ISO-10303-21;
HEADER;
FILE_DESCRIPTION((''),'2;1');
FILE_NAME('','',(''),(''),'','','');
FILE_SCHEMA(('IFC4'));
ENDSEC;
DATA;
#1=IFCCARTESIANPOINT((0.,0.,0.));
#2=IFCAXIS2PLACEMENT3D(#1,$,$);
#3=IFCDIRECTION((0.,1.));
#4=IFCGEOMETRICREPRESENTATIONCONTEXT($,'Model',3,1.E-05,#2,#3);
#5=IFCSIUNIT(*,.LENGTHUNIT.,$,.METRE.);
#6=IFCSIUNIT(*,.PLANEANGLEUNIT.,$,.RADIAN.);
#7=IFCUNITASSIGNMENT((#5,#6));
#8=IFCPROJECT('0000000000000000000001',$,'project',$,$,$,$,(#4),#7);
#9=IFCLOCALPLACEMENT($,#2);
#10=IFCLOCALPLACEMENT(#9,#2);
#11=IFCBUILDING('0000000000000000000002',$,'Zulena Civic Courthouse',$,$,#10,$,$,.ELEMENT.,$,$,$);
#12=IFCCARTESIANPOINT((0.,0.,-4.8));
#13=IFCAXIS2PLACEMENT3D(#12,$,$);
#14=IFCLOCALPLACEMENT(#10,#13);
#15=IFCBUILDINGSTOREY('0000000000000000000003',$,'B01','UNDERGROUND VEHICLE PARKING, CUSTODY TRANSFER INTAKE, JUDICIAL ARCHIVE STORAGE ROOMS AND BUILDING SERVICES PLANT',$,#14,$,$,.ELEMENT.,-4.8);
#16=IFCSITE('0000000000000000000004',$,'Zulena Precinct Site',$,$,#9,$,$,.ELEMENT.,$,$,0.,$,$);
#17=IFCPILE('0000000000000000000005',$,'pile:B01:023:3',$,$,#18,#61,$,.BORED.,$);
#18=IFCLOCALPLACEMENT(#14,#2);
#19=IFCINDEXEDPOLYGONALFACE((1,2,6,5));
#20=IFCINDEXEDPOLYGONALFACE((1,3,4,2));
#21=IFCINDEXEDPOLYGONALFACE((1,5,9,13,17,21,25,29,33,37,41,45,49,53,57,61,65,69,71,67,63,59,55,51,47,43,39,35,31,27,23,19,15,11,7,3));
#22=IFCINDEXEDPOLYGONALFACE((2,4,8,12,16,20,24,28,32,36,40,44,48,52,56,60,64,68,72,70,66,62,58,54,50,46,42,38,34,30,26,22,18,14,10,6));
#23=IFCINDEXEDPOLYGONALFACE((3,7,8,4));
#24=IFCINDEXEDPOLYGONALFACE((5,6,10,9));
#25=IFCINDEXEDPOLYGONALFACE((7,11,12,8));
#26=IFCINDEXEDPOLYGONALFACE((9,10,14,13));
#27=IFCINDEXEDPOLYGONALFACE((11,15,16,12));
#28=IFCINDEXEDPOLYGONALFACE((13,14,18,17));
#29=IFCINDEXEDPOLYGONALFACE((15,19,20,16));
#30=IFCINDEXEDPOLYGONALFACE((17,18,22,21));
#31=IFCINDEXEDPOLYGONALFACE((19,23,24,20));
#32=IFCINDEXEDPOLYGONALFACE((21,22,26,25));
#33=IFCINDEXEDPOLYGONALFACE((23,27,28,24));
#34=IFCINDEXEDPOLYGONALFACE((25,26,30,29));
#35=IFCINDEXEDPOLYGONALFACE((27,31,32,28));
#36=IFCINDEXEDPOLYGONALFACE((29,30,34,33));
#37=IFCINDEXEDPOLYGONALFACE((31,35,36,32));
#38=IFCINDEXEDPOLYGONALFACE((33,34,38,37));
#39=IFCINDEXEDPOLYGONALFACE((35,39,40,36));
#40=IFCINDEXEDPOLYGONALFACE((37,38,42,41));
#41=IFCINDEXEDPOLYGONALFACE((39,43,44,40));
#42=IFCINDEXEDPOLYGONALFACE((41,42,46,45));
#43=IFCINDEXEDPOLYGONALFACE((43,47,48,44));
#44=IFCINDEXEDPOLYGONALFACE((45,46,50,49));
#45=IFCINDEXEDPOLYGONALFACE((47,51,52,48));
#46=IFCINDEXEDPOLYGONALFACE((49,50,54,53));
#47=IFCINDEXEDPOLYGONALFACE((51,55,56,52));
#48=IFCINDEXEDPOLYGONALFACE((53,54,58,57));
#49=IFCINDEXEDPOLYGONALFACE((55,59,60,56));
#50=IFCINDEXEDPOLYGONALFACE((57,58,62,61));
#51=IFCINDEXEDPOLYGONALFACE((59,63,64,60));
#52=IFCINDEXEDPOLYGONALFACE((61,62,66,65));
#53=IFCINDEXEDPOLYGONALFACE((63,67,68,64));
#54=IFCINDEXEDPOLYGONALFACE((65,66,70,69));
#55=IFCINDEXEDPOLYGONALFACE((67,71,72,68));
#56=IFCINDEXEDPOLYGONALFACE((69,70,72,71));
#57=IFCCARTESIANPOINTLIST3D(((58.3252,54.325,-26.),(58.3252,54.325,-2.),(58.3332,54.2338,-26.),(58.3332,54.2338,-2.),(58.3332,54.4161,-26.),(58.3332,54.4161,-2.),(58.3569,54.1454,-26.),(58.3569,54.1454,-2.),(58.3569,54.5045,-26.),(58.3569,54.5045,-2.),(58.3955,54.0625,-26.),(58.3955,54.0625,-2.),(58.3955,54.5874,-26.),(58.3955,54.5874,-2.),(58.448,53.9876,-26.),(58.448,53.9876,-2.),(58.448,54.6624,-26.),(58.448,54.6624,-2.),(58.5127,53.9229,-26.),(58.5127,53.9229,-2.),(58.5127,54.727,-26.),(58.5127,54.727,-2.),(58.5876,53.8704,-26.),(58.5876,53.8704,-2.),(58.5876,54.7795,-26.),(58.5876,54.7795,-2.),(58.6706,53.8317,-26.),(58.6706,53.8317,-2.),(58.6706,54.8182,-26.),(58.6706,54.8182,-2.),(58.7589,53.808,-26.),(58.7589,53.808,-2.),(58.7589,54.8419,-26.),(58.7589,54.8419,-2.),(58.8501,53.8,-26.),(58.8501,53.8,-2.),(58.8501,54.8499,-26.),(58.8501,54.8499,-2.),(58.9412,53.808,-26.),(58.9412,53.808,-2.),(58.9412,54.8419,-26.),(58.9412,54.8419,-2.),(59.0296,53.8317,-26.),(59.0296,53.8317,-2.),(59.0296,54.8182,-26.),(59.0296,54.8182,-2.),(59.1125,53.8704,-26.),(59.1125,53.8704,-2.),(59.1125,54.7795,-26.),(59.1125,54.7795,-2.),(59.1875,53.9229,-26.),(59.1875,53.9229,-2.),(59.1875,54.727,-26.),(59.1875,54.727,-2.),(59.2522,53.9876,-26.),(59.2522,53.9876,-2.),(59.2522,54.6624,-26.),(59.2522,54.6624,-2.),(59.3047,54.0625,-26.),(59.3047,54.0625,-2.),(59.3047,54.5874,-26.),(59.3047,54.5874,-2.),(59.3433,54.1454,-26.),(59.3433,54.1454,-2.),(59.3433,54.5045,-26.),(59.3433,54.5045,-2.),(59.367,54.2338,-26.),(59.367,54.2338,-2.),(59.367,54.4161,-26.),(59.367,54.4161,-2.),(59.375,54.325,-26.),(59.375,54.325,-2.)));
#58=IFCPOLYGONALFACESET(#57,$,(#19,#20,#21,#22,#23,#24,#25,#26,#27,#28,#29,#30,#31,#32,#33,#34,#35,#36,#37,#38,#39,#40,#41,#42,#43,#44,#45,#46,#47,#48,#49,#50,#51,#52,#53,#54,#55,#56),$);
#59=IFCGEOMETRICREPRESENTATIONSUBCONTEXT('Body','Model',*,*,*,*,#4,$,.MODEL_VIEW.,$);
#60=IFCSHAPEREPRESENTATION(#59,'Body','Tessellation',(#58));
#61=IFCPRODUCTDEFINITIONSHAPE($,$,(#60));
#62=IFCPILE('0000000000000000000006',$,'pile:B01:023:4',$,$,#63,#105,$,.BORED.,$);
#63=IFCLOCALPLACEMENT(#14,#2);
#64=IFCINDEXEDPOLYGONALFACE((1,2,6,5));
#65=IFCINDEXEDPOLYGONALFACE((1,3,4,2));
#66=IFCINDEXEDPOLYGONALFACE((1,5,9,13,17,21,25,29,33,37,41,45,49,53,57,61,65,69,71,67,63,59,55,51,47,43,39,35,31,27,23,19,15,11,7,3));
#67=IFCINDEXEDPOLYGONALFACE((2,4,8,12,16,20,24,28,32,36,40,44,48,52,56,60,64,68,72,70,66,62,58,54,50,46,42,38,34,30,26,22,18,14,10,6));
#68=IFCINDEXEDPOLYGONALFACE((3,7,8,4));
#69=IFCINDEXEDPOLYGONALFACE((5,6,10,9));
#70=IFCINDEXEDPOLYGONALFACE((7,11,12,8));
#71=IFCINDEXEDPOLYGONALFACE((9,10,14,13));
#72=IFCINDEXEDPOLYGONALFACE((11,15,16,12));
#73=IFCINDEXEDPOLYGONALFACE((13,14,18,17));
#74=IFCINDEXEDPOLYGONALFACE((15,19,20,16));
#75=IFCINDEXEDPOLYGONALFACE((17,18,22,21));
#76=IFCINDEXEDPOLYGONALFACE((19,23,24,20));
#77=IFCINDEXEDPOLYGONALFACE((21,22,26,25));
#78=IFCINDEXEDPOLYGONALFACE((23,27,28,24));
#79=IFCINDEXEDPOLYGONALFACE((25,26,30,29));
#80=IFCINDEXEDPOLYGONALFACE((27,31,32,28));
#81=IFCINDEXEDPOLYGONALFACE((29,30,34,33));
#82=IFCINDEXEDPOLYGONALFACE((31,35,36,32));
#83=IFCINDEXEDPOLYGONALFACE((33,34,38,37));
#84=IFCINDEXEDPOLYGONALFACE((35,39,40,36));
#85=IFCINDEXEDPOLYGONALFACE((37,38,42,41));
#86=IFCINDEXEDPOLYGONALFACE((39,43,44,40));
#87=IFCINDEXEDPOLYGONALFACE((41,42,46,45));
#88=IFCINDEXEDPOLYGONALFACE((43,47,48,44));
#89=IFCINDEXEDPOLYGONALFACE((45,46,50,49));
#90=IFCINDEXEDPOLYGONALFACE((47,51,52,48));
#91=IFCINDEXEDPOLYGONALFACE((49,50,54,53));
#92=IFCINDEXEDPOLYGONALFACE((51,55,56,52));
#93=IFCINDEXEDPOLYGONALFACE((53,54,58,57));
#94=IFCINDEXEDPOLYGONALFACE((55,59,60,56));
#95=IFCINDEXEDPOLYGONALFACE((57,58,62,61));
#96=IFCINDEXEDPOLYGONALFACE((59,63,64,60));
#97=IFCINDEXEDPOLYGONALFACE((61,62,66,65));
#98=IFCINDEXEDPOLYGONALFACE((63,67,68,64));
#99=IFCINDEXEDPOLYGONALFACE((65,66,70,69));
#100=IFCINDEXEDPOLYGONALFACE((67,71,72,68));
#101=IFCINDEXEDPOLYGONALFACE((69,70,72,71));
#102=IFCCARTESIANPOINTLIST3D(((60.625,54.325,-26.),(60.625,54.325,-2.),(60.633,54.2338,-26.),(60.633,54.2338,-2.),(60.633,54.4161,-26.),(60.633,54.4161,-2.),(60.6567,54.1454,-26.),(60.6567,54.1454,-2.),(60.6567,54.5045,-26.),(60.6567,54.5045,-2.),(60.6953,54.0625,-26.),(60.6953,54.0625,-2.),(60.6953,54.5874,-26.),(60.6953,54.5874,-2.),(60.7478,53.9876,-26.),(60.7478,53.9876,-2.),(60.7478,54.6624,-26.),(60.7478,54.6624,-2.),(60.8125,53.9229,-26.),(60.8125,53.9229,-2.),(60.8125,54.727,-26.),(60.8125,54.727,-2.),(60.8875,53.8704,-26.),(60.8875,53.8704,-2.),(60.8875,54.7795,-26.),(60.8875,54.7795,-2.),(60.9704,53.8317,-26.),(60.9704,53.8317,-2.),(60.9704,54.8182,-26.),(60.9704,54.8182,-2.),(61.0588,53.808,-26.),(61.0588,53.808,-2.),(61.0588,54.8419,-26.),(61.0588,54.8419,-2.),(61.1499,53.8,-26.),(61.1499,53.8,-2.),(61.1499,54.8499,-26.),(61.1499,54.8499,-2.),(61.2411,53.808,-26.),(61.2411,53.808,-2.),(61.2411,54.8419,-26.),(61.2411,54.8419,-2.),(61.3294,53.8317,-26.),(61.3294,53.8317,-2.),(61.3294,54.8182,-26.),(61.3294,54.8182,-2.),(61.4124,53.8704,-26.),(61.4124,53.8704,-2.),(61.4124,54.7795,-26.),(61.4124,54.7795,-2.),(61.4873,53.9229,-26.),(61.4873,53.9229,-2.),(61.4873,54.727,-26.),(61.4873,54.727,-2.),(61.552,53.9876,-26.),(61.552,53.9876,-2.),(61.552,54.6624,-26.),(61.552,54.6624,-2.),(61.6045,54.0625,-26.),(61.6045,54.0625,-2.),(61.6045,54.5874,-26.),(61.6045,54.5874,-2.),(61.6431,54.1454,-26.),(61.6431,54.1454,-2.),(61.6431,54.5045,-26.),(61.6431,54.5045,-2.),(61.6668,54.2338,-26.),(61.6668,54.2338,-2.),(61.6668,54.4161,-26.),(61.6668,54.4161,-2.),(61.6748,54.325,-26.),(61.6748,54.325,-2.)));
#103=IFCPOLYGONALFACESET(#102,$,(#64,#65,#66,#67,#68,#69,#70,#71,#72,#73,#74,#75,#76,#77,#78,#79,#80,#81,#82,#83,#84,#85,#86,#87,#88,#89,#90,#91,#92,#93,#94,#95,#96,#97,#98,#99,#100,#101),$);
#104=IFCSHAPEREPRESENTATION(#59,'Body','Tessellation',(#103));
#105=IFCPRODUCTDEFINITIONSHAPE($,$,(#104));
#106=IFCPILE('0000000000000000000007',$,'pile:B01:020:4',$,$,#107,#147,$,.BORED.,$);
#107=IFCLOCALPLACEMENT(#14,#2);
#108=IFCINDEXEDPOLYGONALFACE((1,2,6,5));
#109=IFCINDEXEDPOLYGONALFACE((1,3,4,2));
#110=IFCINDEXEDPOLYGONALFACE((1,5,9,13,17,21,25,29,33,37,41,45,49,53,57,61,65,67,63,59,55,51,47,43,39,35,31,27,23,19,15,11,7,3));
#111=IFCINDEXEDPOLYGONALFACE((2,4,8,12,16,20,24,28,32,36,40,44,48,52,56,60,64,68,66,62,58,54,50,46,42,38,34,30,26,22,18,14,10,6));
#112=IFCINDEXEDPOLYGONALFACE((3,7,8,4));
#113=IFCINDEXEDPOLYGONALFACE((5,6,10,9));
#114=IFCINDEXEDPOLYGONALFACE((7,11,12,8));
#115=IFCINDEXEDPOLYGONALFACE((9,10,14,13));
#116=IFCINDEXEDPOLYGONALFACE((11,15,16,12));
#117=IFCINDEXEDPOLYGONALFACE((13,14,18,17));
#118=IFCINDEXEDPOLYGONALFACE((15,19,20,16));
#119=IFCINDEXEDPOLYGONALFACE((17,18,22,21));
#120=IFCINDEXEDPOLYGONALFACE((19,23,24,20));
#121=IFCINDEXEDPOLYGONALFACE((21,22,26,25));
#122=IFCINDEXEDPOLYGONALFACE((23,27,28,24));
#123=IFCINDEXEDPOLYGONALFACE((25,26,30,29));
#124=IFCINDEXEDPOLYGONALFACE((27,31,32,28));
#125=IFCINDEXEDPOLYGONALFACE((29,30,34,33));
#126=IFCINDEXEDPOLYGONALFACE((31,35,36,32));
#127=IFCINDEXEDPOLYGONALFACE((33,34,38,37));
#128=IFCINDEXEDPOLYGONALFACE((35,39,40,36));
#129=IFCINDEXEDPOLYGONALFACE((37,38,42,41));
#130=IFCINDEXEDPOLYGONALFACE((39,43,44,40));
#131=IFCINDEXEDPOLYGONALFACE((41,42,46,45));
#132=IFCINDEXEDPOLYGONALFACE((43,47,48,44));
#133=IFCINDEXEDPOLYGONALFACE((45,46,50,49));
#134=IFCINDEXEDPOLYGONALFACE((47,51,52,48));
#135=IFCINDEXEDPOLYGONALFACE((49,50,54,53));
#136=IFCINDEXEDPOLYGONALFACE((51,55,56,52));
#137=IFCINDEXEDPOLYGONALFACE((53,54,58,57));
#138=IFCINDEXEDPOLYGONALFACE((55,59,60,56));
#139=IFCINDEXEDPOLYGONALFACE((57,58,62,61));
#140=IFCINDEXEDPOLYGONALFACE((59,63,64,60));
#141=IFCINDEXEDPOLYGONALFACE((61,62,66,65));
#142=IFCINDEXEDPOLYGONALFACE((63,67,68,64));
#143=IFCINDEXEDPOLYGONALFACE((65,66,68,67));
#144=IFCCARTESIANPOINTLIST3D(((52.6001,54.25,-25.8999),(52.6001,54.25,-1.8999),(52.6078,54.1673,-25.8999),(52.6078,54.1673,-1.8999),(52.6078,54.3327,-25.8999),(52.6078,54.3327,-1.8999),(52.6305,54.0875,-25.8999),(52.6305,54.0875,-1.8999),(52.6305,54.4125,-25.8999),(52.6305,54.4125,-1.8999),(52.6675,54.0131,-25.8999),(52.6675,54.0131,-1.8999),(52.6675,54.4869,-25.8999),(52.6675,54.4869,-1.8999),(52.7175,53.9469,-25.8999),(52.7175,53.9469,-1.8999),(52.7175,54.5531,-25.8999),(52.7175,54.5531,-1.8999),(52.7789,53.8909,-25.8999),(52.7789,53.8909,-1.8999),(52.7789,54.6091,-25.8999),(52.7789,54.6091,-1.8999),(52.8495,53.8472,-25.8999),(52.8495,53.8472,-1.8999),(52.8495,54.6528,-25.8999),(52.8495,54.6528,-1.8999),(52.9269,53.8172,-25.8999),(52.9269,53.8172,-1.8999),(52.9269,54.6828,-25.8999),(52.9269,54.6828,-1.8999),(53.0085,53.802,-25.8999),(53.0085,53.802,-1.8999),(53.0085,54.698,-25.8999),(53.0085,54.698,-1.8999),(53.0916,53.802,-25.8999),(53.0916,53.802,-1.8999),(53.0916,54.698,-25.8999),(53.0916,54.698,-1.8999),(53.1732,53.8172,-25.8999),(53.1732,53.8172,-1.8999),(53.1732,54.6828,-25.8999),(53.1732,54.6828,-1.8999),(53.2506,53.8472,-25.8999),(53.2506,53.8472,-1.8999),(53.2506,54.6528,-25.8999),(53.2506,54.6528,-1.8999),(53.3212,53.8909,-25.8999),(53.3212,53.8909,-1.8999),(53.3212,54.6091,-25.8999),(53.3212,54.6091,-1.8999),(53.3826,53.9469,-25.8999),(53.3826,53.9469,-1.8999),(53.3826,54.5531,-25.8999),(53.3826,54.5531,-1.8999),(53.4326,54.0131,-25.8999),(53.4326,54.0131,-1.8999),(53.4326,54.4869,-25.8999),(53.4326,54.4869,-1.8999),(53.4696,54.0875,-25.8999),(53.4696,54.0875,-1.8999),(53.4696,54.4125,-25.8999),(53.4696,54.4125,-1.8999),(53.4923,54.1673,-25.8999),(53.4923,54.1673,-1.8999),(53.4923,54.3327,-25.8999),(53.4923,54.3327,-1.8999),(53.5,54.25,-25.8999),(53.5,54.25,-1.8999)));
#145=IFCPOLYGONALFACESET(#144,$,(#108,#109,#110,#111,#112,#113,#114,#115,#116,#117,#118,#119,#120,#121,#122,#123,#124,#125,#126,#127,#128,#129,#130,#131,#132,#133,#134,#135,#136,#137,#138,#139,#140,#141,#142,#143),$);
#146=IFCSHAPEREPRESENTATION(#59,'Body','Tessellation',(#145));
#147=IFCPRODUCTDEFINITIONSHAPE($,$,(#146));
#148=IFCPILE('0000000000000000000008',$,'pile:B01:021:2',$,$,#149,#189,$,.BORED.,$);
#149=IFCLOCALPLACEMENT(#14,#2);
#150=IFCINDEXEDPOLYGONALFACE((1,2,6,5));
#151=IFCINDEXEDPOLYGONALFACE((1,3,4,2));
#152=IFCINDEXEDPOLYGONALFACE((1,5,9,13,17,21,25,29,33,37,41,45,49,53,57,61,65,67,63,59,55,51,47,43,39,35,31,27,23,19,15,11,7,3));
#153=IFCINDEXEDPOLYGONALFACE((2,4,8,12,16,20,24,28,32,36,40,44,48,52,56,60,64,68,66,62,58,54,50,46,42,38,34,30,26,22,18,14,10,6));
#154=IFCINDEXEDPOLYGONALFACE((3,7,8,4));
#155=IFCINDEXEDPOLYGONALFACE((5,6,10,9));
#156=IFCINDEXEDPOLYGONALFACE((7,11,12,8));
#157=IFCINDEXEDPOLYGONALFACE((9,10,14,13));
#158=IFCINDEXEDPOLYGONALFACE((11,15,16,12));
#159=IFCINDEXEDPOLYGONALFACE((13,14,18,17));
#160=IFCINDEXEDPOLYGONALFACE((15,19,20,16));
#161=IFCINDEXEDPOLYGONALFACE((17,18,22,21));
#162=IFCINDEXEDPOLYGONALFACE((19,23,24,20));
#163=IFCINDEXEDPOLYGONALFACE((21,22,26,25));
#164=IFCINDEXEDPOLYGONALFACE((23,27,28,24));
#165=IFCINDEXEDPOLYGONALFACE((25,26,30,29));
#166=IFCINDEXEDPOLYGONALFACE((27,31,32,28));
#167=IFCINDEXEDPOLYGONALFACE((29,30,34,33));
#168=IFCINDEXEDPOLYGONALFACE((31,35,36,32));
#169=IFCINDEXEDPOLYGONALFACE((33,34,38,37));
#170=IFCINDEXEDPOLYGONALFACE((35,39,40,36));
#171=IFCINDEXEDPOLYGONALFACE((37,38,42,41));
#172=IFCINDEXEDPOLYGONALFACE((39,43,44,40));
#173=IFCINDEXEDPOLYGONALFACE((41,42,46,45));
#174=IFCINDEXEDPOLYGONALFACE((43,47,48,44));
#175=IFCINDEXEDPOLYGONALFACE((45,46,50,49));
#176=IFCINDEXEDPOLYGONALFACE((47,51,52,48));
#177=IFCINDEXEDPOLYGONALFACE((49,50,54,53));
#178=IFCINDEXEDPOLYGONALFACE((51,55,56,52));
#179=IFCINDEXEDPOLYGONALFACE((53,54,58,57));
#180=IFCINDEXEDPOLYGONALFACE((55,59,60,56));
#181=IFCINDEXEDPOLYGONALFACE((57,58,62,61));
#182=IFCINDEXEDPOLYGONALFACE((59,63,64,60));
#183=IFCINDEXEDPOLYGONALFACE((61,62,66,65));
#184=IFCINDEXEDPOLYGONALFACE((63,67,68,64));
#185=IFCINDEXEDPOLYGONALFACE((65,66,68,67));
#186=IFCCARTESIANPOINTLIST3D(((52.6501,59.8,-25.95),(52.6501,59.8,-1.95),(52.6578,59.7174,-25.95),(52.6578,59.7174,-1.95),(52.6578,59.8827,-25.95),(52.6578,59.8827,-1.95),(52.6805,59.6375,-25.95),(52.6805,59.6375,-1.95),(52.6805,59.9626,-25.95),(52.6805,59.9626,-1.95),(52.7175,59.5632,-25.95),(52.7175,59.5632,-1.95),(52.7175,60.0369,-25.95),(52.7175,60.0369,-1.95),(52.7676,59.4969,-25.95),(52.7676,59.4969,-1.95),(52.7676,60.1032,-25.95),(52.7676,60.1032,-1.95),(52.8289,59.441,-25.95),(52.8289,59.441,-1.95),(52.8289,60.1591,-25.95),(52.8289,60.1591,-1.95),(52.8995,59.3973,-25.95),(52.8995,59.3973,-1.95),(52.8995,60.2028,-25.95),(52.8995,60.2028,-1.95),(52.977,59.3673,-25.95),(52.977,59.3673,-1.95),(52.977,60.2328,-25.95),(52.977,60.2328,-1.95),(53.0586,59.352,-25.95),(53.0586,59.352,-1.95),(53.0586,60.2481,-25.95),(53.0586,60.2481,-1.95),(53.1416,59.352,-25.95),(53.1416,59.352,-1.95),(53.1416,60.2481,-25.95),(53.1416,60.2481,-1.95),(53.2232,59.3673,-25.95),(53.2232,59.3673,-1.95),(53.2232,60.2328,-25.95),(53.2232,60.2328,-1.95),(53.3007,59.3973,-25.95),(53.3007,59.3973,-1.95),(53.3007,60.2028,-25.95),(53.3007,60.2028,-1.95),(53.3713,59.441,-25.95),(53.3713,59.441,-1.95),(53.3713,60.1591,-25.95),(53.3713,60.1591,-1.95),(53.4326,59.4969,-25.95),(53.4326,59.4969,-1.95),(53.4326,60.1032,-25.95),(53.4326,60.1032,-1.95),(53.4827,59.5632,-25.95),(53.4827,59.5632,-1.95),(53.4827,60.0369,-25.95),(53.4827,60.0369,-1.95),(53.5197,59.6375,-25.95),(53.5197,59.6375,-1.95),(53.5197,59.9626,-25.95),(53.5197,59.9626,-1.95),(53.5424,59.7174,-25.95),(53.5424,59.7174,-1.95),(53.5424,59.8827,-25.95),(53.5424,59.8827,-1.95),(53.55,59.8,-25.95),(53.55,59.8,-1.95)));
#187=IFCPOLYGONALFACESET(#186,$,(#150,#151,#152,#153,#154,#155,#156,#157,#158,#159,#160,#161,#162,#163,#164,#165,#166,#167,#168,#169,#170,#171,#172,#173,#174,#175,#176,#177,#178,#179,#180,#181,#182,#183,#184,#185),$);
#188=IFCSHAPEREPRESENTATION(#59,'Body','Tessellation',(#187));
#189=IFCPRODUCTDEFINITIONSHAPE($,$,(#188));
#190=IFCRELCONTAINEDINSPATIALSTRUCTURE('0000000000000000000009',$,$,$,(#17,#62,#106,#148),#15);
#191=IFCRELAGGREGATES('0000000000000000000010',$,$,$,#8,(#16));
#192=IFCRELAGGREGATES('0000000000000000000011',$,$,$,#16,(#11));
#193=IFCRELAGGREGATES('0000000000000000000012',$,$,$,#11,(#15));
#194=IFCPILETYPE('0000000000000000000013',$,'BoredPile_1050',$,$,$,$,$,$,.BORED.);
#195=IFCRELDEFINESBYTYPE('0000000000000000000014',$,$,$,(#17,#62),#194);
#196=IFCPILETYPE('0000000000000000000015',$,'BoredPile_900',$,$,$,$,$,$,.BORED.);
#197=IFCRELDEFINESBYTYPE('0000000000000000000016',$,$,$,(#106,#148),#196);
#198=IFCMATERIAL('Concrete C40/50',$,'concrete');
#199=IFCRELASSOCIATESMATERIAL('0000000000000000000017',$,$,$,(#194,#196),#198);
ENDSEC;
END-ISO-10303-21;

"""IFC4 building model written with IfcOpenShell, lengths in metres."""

from ifc_helpers import new_model, si_unit, direction, frame, origin, origin_2d, place, context, subcontext, project, spatial, circle, extrude, material, material_profile, profile_set, type_object, element, save


model = new_model("IFC4")

# Units and contexts
model_context = context("Model", 3, precision=1e-05, world=origin(), true_north=direction((0.0, 1.0)))
body_context = subcontext(model_context, "Body", "Model", "MODEL_VIEW")
ifc_project = project(units=[si_unit("LENGTHUNIT", "METRE"), si_unit("PLANEANGLEUNIT", "RADIAN")], contexts=[model_context])

# Site, building, storey
site_placement = place(None, origin())
site = spatial("IfcSite", under=ifc_project, at=site_placement, Name="Zulena Precinct Site", CompositionType="ELEMENT", RefElevation=0.0)
building_placement = place(site_placement, origin())
building = spatial("IfcBuilding", under=site, at=building_placement, Name="Zulena Civic Courthouse", CompositionType="ELEMENT")
storey_placement = place(building_placement, frame((0.0, 0.0, -4.8)))
storey = spatial("IfcBuildingStorey", under=building, at=storey_placement, Name="B01", Description="UNDERGROUND VEHICLE PARKING, CUSTODY TRANSFER INTAKE, JUDICIAL ARCHIVE STORAGE ROOMS AND BUILDING SERVICES PLANT", CompositionType="ELEMENT", Elevation=-4.8)

# Piles
ifc_material_1 = material(Name="Concrete C40/50", Category="concrete")
ifc_material_profile_1 = material_profile(ifc_material_1, circle(Radius=0.5249, at=origin_2d()), Name="PILE1050")
ifc_profile_set_1 = profile_set([ifc_material_profile_1], Name="Concrete C40/50")
pile_type_1 = type_object("IfcPileType", Name="BoredPile_1050", PredefinedType="BORED", material=ifc_profile_set_1)
for number, where, z_axis, x_axis, name in (
    (1, (58.8501, 54.325, -2.0), (0.0, 0.0, -1.0), (1.0, 0.0, 0.0), "pile:B01:023:3"),
    (2, (61.1499, 54.325, -2.0), (0.0, 0.0, -1.0), (1.0, 0.0, 0.0), "pile:B01:023:4"),
):
    element("IfcPile", number, at=place(storey_placement, frame(where, z_axis=z_axis, x_axis=x_axis)), inside=storey, type_object=pile_type_1, Name=name, PredefinedType="BORED", context=body_context, shape_type="SweptSolid", body=[
        extrude(circle(Radius=0.5249, at=origin_2d()), origin(), (0.0, 0.0, 1.0), 24.0),
    ])
ifc_material_profile_2 = material_profile(ifc_material_1, circle(Radius=0.45, at=origin_2d()), Name="PILE900")
ifc_profile_set_2 = profile_set([ifc_material_profile_2], Name="Concrete C40/50")
pile_type_2 = type_object("IfcPileType", Name="BoredPile_900", PredefinedType="BORED", material=ifc_profile_set_2)
for number, where, z_axis, x_axis, name in (
    (3, (53.05, 54.25, -1.8999), (0.0, 0.0, -1.0), (1.0, 0.0, 0.0), "pile:B01:020:4"),
    (4, (53.1001, 59.8, -1.95), (0.0, 0.0, -1.0), (1.0, 0.0, 0.0), "pile:B01:021:2"),
):
    element("IfcPile", number, at=place(storey_placement, frame(where, z_axis=z_axis, x_axis=x_axis)), inside=storey, type_object=pile_type_2, Name=name, PredefinedType="BORED", context=body_context, shape_type="SweptSolid", body=[
        extrude(circle(Radius=0.45, at=origin_2d()), origin(), (0.0, 0.0, 1.0), 24.0),
    ])

save(model, "model.ifc")
